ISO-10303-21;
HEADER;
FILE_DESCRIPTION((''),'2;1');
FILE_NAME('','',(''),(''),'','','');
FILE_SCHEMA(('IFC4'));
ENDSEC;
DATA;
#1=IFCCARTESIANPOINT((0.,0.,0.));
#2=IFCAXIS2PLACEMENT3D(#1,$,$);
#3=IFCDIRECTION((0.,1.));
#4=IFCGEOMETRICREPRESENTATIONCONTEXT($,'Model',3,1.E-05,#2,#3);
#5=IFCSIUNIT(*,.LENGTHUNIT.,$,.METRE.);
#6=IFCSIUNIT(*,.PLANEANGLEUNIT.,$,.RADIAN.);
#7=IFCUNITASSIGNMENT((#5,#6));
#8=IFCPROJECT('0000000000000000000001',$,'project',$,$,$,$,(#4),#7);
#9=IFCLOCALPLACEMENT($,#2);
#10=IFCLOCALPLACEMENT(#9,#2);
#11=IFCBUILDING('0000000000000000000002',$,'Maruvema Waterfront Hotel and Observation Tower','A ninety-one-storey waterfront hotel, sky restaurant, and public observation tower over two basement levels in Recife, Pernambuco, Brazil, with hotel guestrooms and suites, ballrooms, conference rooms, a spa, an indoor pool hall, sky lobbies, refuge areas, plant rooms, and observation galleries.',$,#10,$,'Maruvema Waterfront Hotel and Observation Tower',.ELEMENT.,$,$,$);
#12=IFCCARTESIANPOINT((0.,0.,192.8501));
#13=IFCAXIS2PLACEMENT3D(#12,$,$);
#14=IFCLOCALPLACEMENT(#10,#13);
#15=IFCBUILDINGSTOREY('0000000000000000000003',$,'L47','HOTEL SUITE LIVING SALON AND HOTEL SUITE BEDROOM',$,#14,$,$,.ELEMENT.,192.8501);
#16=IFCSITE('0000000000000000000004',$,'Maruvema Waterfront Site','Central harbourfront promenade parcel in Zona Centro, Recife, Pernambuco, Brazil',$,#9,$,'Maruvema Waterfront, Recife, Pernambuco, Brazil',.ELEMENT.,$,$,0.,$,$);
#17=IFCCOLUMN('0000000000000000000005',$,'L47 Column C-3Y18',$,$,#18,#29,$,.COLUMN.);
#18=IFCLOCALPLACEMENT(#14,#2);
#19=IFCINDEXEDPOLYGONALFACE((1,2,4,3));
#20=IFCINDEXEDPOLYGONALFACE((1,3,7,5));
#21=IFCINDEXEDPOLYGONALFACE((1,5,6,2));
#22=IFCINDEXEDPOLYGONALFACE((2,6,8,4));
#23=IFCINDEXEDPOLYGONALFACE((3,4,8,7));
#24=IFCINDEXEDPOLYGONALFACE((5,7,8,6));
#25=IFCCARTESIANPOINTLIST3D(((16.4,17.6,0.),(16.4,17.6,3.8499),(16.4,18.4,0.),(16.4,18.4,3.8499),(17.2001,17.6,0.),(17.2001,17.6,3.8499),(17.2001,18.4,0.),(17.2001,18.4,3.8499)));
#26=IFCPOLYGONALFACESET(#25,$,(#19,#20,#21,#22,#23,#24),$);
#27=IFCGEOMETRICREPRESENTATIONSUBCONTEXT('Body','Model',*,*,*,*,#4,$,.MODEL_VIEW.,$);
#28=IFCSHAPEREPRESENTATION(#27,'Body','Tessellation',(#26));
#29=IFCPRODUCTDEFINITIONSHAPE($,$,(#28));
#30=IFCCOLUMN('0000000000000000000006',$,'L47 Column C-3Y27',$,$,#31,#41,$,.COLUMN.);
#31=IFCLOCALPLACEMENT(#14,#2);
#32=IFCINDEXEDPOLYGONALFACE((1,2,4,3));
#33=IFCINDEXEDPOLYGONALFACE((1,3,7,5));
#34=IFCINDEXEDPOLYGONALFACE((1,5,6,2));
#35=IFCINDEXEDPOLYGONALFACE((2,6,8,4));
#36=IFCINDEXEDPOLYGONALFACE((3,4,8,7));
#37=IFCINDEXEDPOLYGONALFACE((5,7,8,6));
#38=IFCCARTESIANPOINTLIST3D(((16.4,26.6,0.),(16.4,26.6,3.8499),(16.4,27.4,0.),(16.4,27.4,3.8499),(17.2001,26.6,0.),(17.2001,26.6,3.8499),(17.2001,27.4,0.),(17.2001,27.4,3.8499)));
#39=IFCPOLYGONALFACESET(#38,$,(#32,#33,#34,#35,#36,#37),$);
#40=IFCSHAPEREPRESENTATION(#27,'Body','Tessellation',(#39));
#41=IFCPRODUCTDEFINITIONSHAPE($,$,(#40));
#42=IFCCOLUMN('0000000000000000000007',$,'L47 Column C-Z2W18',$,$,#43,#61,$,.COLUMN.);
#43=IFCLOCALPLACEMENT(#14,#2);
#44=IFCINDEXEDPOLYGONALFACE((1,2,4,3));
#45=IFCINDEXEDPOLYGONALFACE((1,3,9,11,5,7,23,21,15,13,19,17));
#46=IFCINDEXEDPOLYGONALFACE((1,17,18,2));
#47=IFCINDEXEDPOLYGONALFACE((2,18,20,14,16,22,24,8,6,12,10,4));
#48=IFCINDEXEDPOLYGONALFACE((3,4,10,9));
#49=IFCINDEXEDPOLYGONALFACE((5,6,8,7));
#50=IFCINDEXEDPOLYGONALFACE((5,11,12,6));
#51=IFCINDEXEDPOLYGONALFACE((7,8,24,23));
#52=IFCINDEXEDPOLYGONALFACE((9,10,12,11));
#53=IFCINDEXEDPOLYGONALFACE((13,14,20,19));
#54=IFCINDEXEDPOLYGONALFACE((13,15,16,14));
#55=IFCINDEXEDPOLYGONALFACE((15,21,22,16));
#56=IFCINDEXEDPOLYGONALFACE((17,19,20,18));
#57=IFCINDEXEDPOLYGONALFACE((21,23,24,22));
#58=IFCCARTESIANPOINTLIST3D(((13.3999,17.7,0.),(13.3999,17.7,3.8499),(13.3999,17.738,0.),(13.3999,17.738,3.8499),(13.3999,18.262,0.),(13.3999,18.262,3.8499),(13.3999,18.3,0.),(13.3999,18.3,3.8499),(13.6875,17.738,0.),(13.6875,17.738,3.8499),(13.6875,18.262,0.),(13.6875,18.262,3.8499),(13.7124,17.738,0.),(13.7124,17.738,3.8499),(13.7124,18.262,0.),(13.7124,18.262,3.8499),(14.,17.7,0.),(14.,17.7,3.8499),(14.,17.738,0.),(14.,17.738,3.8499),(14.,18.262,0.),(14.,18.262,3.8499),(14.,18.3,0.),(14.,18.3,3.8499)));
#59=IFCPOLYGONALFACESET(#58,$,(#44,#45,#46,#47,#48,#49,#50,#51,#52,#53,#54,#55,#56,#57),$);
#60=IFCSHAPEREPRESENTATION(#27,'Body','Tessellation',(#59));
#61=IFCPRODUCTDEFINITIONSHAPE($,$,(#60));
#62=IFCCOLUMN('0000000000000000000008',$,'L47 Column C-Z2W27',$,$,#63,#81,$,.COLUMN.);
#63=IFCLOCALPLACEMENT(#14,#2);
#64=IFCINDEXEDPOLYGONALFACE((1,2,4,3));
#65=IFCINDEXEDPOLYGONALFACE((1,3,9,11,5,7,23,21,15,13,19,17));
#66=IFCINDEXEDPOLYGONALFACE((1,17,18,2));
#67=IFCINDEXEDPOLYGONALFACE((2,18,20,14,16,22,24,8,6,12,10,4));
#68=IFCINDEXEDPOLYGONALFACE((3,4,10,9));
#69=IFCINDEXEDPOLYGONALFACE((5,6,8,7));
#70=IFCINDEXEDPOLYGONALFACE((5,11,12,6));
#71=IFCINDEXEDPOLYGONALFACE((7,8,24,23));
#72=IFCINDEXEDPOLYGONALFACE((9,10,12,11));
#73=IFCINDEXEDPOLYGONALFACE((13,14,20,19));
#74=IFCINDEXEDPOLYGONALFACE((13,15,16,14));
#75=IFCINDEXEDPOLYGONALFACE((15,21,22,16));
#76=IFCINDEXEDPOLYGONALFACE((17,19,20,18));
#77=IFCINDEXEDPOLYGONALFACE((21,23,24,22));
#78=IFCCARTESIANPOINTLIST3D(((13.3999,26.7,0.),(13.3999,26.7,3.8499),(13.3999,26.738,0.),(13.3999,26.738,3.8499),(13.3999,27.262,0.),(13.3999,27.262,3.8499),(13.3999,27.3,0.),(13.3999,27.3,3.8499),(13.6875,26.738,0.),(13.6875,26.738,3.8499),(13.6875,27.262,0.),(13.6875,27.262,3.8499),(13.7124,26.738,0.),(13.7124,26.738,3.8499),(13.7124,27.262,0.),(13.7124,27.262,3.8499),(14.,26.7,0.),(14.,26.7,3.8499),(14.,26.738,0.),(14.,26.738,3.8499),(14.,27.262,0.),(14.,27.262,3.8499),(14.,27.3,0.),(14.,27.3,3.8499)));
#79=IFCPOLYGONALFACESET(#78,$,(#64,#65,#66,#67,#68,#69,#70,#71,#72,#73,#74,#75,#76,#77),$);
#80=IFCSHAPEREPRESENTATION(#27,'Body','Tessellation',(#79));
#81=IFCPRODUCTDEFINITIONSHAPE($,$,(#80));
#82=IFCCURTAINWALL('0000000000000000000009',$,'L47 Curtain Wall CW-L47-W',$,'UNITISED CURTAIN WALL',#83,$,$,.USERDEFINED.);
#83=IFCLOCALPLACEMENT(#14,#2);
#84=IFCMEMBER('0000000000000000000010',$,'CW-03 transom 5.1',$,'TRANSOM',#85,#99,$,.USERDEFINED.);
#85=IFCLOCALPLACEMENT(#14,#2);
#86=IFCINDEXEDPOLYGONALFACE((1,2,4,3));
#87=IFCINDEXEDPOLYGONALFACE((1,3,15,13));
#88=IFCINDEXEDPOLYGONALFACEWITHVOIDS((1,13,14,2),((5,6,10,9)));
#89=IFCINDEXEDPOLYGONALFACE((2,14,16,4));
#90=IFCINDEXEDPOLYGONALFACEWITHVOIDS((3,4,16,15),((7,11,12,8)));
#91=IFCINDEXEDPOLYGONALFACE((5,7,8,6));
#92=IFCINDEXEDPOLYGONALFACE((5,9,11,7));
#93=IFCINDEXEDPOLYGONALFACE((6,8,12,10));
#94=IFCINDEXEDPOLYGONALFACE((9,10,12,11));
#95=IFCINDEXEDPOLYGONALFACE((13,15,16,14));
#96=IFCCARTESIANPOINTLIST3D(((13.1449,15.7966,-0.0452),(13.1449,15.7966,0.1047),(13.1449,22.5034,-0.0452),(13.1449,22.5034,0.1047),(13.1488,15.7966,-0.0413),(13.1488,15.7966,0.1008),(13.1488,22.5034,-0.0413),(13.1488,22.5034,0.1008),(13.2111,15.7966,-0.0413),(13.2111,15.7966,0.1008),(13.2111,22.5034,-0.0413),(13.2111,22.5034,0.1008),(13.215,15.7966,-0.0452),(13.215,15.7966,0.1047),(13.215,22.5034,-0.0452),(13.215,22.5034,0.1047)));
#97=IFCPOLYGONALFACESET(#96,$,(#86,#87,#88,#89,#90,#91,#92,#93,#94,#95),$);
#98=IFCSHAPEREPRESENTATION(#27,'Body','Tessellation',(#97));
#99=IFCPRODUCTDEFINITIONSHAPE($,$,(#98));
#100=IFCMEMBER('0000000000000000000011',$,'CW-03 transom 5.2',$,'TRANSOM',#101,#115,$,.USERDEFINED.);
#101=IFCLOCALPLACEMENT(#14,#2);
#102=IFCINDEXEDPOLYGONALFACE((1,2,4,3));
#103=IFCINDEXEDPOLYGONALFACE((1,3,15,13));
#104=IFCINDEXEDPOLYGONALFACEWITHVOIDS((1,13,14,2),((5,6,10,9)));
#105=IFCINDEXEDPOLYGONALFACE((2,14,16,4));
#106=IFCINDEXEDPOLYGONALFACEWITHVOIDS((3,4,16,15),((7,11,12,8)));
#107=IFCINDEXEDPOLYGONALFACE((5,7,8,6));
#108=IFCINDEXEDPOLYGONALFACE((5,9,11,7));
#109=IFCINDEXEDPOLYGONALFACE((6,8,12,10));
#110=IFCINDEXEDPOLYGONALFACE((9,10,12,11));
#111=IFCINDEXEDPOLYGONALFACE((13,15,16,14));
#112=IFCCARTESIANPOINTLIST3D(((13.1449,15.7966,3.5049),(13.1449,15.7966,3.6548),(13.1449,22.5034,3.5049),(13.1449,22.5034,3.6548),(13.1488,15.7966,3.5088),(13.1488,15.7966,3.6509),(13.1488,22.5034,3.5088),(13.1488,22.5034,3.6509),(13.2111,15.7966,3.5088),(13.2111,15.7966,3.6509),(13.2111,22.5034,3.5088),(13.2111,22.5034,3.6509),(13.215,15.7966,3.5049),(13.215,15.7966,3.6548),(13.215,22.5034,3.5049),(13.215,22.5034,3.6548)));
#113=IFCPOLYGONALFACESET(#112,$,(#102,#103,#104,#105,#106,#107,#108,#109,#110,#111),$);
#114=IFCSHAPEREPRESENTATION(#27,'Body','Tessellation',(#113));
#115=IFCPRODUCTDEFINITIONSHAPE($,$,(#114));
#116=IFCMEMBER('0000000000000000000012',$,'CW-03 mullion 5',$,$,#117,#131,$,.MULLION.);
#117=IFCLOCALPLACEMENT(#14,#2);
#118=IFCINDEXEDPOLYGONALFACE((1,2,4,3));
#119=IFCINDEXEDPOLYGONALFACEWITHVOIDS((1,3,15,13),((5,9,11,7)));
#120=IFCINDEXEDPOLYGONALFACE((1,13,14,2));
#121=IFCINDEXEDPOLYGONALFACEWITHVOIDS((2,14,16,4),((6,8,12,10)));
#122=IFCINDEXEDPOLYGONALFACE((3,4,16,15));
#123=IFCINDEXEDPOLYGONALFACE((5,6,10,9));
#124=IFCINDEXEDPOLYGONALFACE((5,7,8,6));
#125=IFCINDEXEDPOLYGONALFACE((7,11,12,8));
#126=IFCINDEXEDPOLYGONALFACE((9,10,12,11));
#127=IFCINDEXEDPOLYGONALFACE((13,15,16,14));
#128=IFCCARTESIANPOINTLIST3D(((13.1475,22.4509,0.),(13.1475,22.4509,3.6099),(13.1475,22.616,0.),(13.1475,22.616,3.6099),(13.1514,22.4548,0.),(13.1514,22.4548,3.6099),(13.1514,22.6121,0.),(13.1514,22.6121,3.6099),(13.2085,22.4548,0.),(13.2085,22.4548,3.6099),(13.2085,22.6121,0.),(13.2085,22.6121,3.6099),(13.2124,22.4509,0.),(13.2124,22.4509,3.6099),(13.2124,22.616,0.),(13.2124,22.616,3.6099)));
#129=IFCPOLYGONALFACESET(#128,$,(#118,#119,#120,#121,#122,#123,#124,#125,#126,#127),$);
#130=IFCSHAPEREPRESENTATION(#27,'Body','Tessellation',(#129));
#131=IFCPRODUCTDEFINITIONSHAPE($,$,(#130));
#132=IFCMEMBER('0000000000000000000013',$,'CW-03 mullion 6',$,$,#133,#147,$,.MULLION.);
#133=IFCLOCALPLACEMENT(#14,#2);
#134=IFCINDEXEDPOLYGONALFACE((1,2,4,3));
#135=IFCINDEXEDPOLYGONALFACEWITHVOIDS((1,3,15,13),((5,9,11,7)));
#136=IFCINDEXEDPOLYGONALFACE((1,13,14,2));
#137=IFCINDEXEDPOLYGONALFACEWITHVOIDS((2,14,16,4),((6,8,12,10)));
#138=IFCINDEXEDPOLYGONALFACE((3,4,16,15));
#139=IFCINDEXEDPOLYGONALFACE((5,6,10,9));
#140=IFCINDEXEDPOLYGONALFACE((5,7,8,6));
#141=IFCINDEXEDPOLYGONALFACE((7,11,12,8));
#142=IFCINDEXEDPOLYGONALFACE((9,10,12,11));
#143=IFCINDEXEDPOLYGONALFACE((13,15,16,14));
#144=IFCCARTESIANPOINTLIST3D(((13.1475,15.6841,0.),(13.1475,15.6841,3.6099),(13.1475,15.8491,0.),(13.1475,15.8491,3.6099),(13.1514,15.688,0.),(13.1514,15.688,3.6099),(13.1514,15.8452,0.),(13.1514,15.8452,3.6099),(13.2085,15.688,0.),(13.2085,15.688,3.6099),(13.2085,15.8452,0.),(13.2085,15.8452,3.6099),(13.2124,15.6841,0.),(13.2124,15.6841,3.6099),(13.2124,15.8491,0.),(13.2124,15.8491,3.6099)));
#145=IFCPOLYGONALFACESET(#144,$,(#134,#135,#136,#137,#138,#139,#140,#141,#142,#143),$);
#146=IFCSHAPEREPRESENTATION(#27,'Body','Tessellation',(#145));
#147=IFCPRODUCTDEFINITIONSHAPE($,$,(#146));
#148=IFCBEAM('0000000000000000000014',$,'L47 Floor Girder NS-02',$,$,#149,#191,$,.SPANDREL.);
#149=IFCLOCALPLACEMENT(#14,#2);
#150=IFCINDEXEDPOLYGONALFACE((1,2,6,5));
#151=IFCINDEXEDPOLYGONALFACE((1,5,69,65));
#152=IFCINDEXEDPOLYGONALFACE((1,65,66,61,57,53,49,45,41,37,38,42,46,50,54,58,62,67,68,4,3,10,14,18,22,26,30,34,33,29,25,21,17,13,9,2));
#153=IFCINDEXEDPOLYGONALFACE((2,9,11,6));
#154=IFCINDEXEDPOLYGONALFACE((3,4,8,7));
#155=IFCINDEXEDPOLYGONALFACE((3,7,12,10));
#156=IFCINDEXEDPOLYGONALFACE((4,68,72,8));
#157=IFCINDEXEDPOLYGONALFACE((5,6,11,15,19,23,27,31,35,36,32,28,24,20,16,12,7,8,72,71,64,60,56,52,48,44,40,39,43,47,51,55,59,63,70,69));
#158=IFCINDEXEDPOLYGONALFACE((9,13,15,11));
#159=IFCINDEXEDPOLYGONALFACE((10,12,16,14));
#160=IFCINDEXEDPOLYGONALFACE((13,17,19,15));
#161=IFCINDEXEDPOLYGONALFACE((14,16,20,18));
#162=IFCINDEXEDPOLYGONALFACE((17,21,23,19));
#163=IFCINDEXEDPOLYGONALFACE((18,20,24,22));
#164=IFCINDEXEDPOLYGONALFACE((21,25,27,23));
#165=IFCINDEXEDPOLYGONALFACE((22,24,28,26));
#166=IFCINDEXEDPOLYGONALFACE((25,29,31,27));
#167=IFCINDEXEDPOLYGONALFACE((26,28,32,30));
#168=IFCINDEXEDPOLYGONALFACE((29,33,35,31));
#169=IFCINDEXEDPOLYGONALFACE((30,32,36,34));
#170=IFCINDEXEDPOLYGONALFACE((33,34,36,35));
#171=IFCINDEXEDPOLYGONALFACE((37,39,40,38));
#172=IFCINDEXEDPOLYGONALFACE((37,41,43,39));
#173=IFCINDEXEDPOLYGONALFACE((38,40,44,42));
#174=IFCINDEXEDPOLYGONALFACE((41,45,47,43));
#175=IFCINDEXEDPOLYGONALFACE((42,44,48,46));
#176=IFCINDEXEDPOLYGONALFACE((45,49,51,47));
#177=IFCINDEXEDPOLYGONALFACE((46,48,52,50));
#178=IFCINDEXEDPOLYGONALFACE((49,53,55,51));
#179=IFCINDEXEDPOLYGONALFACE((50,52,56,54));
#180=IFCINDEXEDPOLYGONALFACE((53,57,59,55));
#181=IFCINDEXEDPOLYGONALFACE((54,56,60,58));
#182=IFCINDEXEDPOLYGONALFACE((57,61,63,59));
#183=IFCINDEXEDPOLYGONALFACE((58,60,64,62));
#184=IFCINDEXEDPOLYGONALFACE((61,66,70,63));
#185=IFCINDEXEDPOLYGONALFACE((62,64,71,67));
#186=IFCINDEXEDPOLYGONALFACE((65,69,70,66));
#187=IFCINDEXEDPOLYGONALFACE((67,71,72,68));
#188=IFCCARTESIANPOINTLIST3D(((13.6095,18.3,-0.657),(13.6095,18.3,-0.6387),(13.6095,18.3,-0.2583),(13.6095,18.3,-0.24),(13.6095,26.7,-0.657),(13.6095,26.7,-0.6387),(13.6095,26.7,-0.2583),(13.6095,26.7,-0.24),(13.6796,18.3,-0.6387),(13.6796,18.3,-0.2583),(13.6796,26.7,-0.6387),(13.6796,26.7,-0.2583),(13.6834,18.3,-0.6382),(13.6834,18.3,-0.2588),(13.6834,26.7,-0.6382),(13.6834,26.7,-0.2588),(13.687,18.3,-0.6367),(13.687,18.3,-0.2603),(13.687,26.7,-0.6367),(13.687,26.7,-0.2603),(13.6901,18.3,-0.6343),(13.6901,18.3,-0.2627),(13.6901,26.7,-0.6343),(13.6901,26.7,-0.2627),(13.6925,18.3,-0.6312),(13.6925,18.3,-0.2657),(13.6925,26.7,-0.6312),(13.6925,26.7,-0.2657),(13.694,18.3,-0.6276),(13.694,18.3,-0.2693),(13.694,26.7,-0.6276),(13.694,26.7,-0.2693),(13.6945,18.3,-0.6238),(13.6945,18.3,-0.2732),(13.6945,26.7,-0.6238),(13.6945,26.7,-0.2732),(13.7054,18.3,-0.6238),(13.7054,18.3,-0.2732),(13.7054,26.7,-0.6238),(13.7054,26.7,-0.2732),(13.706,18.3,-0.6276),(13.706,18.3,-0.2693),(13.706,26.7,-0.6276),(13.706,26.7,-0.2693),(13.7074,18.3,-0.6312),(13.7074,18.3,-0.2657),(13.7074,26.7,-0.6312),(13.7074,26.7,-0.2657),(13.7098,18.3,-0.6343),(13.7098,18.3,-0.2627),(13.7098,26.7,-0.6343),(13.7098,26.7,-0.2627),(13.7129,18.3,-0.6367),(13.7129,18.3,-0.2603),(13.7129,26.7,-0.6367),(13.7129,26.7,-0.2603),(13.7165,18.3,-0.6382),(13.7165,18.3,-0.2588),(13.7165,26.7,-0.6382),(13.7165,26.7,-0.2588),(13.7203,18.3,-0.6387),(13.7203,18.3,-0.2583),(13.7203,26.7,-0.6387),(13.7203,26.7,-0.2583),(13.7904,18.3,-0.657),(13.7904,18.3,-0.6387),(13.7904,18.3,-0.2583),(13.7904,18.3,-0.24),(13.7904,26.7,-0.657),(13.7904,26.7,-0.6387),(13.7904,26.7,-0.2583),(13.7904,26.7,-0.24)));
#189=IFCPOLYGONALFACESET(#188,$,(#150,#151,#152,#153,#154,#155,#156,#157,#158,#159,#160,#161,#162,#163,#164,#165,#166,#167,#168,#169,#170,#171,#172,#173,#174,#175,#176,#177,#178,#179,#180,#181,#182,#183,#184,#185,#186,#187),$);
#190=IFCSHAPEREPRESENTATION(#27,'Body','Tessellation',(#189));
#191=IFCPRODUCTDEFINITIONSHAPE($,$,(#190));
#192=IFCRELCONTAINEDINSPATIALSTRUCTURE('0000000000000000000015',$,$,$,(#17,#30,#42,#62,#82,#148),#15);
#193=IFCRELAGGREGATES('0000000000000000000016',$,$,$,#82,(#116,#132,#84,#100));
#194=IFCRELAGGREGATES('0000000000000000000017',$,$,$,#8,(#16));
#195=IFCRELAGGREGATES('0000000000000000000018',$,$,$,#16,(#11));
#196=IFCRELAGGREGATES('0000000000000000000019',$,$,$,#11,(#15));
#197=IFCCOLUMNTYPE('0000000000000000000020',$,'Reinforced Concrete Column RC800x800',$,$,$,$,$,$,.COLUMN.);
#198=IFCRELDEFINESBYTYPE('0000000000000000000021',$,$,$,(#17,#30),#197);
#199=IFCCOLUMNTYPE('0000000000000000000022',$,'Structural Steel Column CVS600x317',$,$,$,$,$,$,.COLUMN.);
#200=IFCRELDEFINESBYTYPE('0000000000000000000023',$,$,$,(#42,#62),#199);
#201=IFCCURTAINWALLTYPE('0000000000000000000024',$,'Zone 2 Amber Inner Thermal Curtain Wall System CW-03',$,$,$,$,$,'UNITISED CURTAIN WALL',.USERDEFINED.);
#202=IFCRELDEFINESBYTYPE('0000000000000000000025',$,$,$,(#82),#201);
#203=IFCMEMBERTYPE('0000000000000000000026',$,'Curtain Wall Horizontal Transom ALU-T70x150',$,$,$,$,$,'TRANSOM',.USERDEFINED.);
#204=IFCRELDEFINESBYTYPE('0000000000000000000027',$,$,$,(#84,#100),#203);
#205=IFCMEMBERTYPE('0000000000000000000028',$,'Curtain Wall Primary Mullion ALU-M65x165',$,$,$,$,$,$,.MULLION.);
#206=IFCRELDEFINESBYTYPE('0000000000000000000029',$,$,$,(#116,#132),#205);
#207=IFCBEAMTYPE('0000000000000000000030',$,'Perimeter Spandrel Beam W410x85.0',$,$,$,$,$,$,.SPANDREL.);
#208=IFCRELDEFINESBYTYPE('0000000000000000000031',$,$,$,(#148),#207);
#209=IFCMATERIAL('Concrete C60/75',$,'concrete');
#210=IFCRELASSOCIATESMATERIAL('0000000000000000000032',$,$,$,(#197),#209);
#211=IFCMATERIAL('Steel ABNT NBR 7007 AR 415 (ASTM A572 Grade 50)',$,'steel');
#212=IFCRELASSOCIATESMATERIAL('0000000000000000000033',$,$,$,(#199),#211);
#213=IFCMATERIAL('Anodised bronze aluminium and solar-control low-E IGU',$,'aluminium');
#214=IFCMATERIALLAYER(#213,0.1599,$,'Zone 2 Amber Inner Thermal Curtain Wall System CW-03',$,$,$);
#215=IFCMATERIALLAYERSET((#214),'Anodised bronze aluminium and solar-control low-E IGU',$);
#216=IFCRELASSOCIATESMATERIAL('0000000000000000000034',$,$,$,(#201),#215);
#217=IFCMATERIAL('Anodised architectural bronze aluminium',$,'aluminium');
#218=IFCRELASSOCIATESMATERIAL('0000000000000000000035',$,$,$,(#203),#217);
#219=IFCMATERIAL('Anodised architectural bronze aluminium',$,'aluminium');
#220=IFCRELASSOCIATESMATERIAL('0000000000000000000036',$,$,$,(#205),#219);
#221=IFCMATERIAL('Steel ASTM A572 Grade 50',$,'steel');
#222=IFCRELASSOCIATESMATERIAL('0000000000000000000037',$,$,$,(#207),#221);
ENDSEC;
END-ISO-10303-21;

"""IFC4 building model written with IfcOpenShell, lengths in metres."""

from ifc_helpers import new_model, si_unit, direction, frame, origin, origin_2d, place, context, subcontext, project, spatial, rectangle, hollow_rectangle, i_section, extrude, material, layer, layer_set, material_profile, profile_set, type_object, element, aggregate, save


model = new_model("IFC4")

# Units and contexts
model_context = context("Model", 3, precision=1e-05, world=origin(), true_north=direction((0.0, 1.0)))
body_context = subcontext(model_context, "Body", "Model", "MODEL_VIEW")
ifc_project = project(units=[si_unit("LENGTHUNIT", "METRE"), si_unit("PLANEANGLEUNIT", "RADIAN")], contexts=[model_context])

# Site, building, storey
site_placement = place(None, origin())
site = spatial("IfcSite", under=ifc_project, at=site_placement, Name="Maruvema Waterfront Site", Description="Central harbourfront promenade parcel in Zona Centro, Recife, Pernambuco, Brazil", LongName="Maruvema Waterfront, Recife, Pernambuco, Brazil", CompositionType="ELEMENT", RefElevation=0.0)
building_placement = place(site_placement, origin())
building = spatial("IfcBuilding", under=site, at=building_placement, Name="Maruvema Waterfront Hotel and Observation Tower", Description="A ninety-one-storey waterfront hotel, sky restaurant, and public observation tower over two basement levels in Recife, Pernambuco, Brazil, with hotel guestrooms and suites, ballrooms, conference rooms, a spa, an indoor pool hall, sky lobbies, refuge areas, plant rooms, and observation galleries.", LongName="Maruvema Waterfront Hotel and Observation Tower", CompositionType="ELEMENT")
storey_placement = place(building_placement, frame((0.0, 0.0, 192.8501)))
storey = spatial("IfcBuildingStorey", under=building, at=storey_placement, Name="L47", Description="HOTEL SUITE LIVING SALON AND HOTEL SUITE BEDROOM", CompositionType="ELEMENT", Elevation=192.8501)

# Columns
ifc_material_1 = material(Name="Concrete C60/75", Category="concrete")
ifc_material_profile_1 = material_profile(ifc_material_1, rectangle(XDim=0.8, YDim=0.8, at=origin_2d()), Name="RC800x800")
ifc_profile_set_1 = profile_set([ifc_material_profile_1], Name="Concrete C60/75")
column_type_1 = type_object("IfcColumnType", Name="Reinforced Concrete Column RC800x800", PredefinedType="COLUMN", material=ifc_profile_set_1)
for number, where, z_axis, x_axis, name in (
    (1, (16.8, 18.0, 0.0), (0.0, 0.0, 1.0), (1.0, 0.0, 0.0), "L47 Column C-3Y18"),
    (2, (16.8, 27.0, 0.0), (0.0, 0.0, 1.0), (1.0, 0.0, 0.0), "L47 Column C-3Y27"),
):
    element("IfcColumn", number, at=place(storey_placement, frame(where, z_axis=z_axis, x_axis=x_axis)), inside=storey, type_object=column_type_1, Name=name, PredefinedType="COLUMN", context=body_context, shape_type="SweptSolid", body=[
        extrude(rectangle(XDim=0.8, YDim=0.8, at=origin_2d()), origin(), (0.0, 0.0, 1.0), 3.8499),
    ])
ifc_material_2 = material(Name="Steel ABNT NBR 7007 AR 415 (ASTM A572 Grade 50)", Category="steel")
ifc_material_profile_2 = material_profile(ifc_material_2, i_section(OverallWidth=0.6001, OverallDepth=0.6001, WebThickness=0.0249, FlangeThickness=0.0381, at=origin_2d()), Name="CVS600x317")
ifc_profile_set_2 = profile_set([ifc_material_profile_2], Name="Steel ABNT NBR 7007 AR 415 (ASTM A572 Grade 50)")
column_type_2 = type_object("IfcColumnType", Name="Structural Steel Column CVS600x317", PredefinedType="COLUMN", material=ifc_profile_set_2)
for number, where, z_axis, x_axis, name in (
    (3, (13.7, 18.0, 0.0), (0.0, 0.0, 1.0), (1.0, 0.0, 0.0), "L47 Column C-Z2W18"),
    (4, (13.7, 27.0, 0.0), (0.0, 0.0, 1.0), (1.0, 0.0, 0.0), "L47 Column C-Z2W27"),
):
    element("IfcColumn", number, at=place(storey_placement, frame(where, z_axis=z_axis, x_axis=x_axis)), inside=storey, type_object=column_type_2, Name=name, PredefinedType="COLUMN", context=body_context, shape_type="SweptSolid", body=[
        extrude(i_section(OverallWidth=0.6001, OverallDepth=0.6001, WebThickness=0.0249, FlangeThickness=0.0381, at=origin_2d()), origin(), (0.0, 0.0, 1.0), 3.8499),
    ])

# Curtain wall, members
ifc_material_3 = material(Name="Anodised bronze aluminium and solar-control low-E IGU", Category="aluminium")
ifc_layer_1 = layer(ifc_material_3, 0.1599, Name="Zone 2 Amber Inner Thermal Curtain Wall System CW-03")
ifc_layer_set_1 = layer_set([ifc_layer_1], Name="Anodised bronze aluminium and solar-control low-E IGU")
curtain_wall_type = type_object("IfcCurtainWallType", Name="Zone 2 Amber Inner Thermal Curtain Wall System CW-03", ElementType="UNITISED CURTAIN WALL", PredefinedType="USERDEFINED", material=ifc_layer_set_1)
curtain_wall_placement = place(storey_placement, origin())
curtain_wall = element("IfcCurtainWall", 5, at=curtain_wall_placement, inside=storey, type_object=curtain_wall_type, Name="L47 Curtain Wall CW-L47-W", ObjectType="UNITISED CURTAIN WALL", PredefinedType="USERDEFINED")
ifc_material_4 = material(Name="Anodised architectural bronze aluminium", Category="aluminium")
ifc_material_profile_3 = material_profile(ifc_material_4, hollow_rectangle(XDim=0.0701, YDim=0.1499, WallThickness=0.0039, at=origin_2d()), Name="ALU-T70x150")
ifc_profile_set_3 = profile_set([ifc_material_profile_3], Name="Anodised architectural bronze aluminium")
member_type_1 = type_object("IfcMemberType", Name="Curtain Wall Horizontal Transom ALU-T70x150", ElementType="TRANSOM", PredefinedType="USERDEFINED", material=ifc_profile_set_3)
member_1_placement = place(storey_placement, frame((13.1799, 22.5034, 0.0298), z_axis=(0.0, -1.0, 0.0), x_axis=(1.0, 0.0, 0.0)))
member_1 = element("IfcMember", 6, at=member_1_placement, type_object=member_type_1, Name="CW-03 transom 5.1", ObjectType="TRANSOM", PredefinedType="USERDEFINED", context=body_context, shape_type="SweptSolid", body=[
    extrude(hollow_rectangle(XDim=0.0701, YDim=0.1499, WallThickness=0.0039, at=origin_2d()), origin(), (0.0, 0.0, 1.0), 6.7068),
])
member_2_placement = place(storey_placement, frame((13.1799, 22.5034, 3.5798), z_axis=(0.0, -1.0, 0.0), x_axis=(1.0, 0.0, 0.0)))
member_2 = element("IfcMember", 7, at=member_2_placement, type_object=member_type_1, Name="CW-03 transom 5.2", ObjectType="TRANSOM", PredefinedType="USERDEFINED", context=body_context, shape_type="SweptSolid", body=[
    extrude(hollow_rectangle(XDim=0.0701, YDim=0.1499, WallThickness=0.0039, at=origin_2d()), origin(), (0.0, 0.0, 1.0), 6.7068),
])
ifc_material_5 = material(Name="Anodised architectural bronze aluminium", Category="aluminium")
ifc_material_profile_4 = material_profile(ifc_material_5, hollow_rectangle(XDim=0.0649, YDim=0.165, WallThickness=0.0039, at=origin_2d()), Name="ALU-M65x165")
ifc_profile_set_4 = profile_set([ifc_material_profile_4], Name="Anodised architectural bronze aluminium")
member_type_2 = type_object("IfcMemberType", Name="Curtain Wall Primary Mullion ALU-M65x165", PredefinedType="MULLION", material=ifc_profile_set_4)
member_3_placement = place(storey_placement, frame((13.1799, 22.5334, 0.0), z_axis=(0.0, 0.0, 1.0), x_axis=(1.0, 0.0, 0.0)))
member_3 = element("IfcMember", 8, at=member_3_placement, type_object=member_type_2, Name="CW-03 mullion 5", PredefinedType="MULLION", context=body_context, shape_type="SweptSolid", body=[
    extrude(hollow_rectangle(XDim=0.0649, YDim=0.165, WallThickness=0.0039, at=origin_2d()), origin(), (0.0, 0.0, 1.0), 3.6099),
])
member_4_placement = place(storey_placement, frame((13.1799, 15.7666, 0.0), z_axis=(0.0, 0.0, 1.0), x_axis=(1.0, 0.0, 0.0)))
member_4 = element("IfcMember", 9, at=member_4_placement, type_object=member_type_2, Name="CW-03 mullion 6", PredefinedType="MULLION", context=body_context, shape_type="SweptSolid", body=[
    extrude(hollow_rectangle(XDim=0.0649, YDim=0.165, WallThickness=0.0039, at=origin_2d()), origin(), (0.0, 0.0, 1.0), 3.6099),
])

# Beam
ifc_material_6 = material(Name="Steel ASTM A572 Grade 50", Category="steel")
ifc_material_profile_5 = material_profile(ifc_material_6, i_section(OverallWidth=0.1809, OverallDepth=0.417, WebThickness=0.011, FlangeThickness=0.0183, FilletRadius=0.0149, at=origin_2d()), Name="W410x85.0")
ifc_profile_set_5 = profile_set([ifc_material_profile_5], Name="Steel ASTM A572 Grade 50")
beam_type_1 = type_object("IfcBeamType", Name="Perimeter Spandrel Beam W410x85.0", PredefinedType="SPANDREL", material=ifc_profile_set_5)
for number, where, z_axis, x_axis, name in (
    (10, (13.7, 18.3, -0.4485), (0.0, 1.0, 0.0), (-1.0, 0.0, 0.0), "L47 Floor Girder NS-02"),
):
    element("IfcBeam", number, at=place(storey_placement, frame(where, z_axis=z_axis, x_axis=x_axis)), inside=storey, type_object=beam_type_1, Name=name, PredefinedType="SPANDREL", context=body_context, shape_type="SweptSolid", body=[
        extrude(i_section(OverallWidth=0.1809, OverallDepth=0.417, WebThickness=0.011, FlangeThickness=0.0183, FilletRadius=0.0149, at=origin_2d()), origin(), (0.0, 0.0, 1.0), 8.3999),
    ])

aggregate(curtain_wall, [member_3, member_4, member_1, member_2])

save(model, "model.ifc")
